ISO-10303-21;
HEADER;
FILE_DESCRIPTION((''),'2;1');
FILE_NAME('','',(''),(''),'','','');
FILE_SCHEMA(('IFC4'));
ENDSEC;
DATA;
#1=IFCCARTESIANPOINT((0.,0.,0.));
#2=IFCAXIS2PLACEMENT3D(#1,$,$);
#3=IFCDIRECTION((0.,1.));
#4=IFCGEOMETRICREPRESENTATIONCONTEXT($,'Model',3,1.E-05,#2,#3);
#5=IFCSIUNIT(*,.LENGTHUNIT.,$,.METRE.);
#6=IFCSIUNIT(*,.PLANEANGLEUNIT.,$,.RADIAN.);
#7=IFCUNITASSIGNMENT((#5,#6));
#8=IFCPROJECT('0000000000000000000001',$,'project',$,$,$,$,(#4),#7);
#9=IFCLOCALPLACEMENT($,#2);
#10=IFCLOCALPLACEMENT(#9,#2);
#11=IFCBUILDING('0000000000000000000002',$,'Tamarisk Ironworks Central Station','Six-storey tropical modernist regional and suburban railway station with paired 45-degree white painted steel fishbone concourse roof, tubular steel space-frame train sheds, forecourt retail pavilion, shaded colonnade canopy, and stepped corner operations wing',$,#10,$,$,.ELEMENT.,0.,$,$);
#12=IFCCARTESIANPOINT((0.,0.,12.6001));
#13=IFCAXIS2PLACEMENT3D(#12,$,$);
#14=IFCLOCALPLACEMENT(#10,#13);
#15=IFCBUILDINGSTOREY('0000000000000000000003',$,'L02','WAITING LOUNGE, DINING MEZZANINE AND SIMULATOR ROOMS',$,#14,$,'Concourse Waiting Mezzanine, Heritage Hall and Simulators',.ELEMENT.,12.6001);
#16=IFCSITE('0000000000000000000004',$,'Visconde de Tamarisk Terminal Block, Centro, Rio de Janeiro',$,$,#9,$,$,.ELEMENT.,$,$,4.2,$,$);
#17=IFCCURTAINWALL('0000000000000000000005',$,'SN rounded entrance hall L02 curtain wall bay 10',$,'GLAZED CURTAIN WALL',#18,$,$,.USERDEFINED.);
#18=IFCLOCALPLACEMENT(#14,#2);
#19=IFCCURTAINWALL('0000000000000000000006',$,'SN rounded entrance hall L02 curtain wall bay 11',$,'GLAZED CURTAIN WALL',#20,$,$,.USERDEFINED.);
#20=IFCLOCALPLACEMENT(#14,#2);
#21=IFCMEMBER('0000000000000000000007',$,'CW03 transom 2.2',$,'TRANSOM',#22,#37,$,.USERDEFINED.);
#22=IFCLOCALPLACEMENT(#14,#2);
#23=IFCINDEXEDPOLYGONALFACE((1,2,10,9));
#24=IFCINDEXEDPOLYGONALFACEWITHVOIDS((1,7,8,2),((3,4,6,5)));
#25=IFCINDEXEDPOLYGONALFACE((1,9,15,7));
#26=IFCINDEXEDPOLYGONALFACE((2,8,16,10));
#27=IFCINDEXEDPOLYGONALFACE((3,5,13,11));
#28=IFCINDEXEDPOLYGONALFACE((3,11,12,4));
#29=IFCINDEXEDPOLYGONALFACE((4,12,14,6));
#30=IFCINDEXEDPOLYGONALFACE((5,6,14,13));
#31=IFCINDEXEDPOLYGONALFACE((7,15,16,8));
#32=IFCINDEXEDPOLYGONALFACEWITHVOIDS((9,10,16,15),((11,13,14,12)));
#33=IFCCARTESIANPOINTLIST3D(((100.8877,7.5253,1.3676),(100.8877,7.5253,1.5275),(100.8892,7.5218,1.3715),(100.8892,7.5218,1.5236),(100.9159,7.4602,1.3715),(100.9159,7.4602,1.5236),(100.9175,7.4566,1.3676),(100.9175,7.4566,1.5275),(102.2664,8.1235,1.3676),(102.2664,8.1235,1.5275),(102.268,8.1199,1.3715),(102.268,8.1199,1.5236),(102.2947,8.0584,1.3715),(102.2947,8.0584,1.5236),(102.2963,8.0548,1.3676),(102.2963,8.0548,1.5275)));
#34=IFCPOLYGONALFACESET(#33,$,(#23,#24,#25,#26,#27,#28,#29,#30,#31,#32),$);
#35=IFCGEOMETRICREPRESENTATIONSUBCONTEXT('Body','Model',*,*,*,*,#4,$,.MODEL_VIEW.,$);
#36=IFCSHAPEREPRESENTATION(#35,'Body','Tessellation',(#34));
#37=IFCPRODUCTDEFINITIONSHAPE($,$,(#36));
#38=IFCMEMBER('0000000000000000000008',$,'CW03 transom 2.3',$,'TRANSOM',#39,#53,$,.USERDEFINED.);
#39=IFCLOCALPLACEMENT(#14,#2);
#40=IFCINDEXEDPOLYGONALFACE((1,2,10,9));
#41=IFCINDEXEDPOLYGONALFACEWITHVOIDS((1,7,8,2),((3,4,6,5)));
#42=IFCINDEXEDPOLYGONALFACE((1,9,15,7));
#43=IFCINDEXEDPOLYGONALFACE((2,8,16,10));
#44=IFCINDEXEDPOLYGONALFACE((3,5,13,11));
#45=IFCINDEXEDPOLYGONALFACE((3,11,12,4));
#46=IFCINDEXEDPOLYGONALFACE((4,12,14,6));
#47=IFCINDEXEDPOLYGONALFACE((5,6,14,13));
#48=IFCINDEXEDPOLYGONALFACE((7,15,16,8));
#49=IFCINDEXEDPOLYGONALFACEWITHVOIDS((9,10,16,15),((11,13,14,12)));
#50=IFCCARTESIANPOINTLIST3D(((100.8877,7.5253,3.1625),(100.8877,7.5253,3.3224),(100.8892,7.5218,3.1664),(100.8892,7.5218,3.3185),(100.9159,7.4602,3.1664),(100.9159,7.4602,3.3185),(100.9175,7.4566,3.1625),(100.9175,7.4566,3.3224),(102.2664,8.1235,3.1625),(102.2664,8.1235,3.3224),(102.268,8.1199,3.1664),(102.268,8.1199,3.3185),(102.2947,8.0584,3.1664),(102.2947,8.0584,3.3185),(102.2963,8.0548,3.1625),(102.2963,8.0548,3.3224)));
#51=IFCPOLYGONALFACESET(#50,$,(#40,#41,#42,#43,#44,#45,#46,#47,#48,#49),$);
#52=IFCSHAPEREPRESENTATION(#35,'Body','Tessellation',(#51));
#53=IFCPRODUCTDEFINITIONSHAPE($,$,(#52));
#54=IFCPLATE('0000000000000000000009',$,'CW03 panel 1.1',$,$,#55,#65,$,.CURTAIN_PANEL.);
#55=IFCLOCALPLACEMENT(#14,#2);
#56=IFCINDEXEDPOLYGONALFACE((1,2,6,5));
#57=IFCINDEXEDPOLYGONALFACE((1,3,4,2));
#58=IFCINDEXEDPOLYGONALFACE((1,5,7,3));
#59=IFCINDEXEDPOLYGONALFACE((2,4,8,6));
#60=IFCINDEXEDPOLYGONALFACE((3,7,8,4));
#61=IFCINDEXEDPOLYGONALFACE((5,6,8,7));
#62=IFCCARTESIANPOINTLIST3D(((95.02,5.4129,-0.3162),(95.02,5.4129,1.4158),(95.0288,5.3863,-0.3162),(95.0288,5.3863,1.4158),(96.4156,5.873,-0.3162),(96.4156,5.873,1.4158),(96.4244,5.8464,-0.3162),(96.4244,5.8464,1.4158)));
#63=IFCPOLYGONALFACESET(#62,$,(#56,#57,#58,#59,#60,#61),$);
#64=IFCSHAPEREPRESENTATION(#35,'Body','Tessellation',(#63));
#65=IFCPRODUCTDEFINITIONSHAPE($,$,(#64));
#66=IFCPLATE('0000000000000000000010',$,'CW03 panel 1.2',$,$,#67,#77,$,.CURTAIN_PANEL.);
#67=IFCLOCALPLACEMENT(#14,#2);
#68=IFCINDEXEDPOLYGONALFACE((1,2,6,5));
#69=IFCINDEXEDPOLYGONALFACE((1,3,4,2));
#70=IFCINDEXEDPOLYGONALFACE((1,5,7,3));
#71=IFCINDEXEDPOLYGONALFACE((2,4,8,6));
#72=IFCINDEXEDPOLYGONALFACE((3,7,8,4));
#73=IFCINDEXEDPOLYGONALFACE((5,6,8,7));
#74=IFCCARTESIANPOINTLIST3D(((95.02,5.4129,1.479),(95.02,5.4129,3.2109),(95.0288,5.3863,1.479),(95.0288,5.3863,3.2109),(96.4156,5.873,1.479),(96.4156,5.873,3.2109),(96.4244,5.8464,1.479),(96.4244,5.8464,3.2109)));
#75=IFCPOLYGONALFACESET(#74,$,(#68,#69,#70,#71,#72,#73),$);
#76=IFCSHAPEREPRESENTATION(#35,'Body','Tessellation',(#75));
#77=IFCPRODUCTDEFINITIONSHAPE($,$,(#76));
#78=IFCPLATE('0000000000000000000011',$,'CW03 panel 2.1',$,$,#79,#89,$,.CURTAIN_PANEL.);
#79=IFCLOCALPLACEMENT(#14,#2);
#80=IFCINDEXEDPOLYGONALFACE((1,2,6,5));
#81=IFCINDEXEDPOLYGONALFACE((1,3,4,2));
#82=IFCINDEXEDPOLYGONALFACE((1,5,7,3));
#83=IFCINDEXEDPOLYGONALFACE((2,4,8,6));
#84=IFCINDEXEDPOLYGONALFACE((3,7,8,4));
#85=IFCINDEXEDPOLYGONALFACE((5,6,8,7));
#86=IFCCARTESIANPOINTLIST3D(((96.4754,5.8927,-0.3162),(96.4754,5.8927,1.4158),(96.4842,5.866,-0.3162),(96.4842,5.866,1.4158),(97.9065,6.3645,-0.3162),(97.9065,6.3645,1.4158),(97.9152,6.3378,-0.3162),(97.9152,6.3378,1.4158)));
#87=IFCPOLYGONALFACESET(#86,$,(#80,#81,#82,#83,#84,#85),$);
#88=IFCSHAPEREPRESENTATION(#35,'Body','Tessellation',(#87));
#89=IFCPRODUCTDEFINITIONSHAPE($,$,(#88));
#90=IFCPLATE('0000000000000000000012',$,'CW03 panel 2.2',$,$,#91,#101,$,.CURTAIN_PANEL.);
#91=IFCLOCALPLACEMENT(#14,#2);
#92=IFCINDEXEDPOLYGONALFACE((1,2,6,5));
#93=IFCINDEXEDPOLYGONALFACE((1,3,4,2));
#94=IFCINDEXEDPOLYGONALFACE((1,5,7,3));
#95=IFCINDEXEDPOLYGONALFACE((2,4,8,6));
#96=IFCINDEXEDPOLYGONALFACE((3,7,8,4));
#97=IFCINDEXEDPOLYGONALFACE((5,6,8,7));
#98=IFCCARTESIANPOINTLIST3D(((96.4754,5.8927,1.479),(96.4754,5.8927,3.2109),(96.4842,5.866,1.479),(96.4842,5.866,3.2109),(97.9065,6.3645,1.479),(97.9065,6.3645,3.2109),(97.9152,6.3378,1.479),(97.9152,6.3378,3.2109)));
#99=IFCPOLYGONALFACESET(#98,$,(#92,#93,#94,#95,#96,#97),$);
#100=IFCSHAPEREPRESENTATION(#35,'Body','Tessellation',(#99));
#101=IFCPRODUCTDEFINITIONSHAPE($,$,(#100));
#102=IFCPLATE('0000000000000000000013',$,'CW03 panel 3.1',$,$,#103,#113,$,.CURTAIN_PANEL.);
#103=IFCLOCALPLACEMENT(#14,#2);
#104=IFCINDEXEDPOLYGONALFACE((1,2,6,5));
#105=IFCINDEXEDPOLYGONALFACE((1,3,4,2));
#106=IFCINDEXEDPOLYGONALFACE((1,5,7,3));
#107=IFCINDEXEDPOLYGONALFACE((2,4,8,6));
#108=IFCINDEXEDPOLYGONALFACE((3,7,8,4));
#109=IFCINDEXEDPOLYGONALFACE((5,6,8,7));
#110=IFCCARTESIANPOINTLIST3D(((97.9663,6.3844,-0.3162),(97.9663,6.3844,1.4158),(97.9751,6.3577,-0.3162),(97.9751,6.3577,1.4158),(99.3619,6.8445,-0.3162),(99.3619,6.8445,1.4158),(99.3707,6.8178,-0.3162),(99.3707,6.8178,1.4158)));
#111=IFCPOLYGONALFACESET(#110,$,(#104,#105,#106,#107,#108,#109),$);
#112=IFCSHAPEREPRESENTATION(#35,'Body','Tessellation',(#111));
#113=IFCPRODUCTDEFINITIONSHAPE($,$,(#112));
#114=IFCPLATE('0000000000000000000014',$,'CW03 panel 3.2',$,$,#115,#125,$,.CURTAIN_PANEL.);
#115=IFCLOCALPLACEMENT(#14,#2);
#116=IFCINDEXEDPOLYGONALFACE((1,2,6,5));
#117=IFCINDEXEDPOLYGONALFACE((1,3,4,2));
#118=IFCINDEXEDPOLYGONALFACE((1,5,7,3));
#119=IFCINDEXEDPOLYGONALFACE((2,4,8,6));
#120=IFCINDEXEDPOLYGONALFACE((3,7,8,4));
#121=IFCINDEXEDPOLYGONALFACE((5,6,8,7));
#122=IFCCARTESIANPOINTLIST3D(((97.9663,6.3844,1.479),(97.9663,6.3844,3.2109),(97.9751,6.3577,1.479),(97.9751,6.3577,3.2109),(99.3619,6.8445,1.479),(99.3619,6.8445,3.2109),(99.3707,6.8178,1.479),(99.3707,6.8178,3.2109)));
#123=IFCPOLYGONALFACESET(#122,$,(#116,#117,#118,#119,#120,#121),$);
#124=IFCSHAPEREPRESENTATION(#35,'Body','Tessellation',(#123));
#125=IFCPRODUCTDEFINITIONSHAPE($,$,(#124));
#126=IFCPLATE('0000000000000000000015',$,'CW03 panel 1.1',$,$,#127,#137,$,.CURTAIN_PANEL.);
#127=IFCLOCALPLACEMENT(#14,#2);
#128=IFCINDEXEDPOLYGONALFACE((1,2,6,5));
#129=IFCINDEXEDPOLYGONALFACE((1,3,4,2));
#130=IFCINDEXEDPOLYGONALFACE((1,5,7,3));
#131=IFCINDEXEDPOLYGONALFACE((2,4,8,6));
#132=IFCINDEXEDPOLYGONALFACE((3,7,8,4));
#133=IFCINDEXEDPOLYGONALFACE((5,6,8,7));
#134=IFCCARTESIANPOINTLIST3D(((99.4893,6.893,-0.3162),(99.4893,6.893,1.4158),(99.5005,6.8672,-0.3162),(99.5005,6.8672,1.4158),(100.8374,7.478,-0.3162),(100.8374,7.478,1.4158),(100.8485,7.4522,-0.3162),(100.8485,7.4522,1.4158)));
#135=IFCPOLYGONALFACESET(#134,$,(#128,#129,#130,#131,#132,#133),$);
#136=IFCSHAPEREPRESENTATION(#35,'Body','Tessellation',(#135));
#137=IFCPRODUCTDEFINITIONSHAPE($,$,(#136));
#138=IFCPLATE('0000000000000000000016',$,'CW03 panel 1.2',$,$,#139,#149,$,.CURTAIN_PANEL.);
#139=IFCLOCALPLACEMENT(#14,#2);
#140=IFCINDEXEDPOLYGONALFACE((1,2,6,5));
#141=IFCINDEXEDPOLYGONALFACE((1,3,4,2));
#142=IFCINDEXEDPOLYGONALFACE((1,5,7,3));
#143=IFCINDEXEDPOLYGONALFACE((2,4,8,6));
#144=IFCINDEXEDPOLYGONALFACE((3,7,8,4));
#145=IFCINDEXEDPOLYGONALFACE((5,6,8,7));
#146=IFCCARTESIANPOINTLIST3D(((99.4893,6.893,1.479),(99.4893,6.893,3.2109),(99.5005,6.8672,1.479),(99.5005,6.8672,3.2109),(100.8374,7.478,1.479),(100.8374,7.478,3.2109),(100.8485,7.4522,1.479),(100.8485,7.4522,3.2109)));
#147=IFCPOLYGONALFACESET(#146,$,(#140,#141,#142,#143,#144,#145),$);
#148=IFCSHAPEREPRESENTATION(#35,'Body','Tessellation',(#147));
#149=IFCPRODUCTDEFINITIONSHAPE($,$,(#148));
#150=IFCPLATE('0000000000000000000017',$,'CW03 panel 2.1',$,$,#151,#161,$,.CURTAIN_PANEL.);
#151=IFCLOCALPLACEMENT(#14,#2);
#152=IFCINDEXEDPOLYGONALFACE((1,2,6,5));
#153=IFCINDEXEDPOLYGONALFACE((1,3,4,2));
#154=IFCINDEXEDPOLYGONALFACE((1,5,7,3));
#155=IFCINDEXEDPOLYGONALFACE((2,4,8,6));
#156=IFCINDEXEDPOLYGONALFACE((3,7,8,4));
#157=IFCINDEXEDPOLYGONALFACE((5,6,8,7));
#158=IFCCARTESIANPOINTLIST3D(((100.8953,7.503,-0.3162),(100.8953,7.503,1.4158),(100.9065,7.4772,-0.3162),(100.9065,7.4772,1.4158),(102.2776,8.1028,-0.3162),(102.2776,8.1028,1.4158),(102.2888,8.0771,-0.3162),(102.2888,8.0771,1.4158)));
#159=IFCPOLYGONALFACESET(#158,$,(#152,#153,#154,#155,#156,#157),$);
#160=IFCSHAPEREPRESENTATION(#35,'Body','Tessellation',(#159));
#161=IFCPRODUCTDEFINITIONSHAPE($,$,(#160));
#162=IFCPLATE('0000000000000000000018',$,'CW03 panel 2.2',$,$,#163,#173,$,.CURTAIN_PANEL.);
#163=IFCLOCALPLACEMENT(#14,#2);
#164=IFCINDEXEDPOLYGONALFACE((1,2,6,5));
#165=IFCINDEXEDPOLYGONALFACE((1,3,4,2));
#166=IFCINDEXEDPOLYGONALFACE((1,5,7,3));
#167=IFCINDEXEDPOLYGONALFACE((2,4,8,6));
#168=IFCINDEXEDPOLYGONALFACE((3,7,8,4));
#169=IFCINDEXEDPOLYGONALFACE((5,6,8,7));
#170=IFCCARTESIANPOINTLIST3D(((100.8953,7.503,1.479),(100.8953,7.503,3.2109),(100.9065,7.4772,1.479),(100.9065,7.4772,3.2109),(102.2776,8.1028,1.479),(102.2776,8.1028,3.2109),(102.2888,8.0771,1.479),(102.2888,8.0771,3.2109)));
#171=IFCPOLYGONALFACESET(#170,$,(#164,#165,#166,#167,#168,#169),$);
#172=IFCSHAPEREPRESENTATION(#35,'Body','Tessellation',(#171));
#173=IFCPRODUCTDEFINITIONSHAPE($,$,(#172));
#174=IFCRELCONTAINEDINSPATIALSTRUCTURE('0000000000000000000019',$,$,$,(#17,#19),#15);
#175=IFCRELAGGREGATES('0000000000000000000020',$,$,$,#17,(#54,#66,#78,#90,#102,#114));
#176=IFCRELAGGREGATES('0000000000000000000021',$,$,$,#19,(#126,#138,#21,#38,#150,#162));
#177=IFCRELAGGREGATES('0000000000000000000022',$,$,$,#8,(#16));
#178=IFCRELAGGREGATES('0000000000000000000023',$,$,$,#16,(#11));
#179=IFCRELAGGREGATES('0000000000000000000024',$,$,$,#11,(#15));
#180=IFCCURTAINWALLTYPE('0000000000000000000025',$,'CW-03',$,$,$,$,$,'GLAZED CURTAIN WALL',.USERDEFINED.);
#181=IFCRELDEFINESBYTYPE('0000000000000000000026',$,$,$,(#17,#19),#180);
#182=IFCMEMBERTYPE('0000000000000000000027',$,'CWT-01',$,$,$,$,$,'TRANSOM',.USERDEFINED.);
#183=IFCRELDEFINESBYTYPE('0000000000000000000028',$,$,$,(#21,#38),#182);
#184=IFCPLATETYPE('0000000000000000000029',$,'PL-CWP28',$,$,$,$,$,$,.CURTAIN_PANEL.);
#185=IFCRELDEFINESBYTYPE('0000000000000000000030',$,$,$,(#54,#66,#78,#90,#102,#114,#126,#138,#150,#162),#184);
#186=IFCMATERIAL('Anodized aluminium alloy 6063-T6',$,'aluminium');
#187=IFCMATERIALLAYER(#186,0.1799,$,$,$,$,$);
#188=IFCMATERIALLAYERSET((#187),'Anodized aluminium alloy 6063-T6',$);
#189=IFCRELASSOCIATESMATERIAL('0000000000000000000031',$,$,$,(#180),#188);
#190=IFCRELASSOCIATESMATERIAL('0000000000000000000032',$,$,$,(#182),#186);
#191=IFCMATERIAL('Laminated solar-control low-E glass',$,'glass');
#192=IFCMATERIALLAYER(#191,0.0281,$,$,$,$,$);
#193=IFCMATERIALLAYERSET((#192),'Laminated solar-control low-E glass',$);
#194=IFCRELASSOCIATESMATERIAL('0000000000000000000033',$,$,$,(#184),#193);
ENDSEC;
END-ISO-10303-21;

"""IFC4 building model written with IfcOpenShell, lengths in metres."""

from ifc_helpers import new_model, si_unit, direction, frame, origin, origin_2d, place, context, subcontext, project, spatial, rectangle, hollow_rectangle, extrude, material, layer, layer_set, material_profile, profile_set, type_object, element, aggregate, save


model = new_model("IFC4")

# Units and contexts
model_context = context("Model", 3, precision=1e-05, world=origin(), true_north=direction((0.0, 1.0)))
body_context = subcontext(model_context, "Body", "Model", "MODEL_VIEW")
ifc_project = project(units=[si_unit("LENGTHUNIT", "METRE"), si_unit("PLANEANGLEUNIT", "RADIAN")], contexts=[model_context])

# Site, building, storey
site_placement = place(None, origin())
site = spatial("IfcSite", under=ifc_project, at=site_placement, Name="Visconde de Tamarisk Terminal Block, Centro, Rio de Janeiro", CompositionType="ELEMENT", RefElevation=4.2)
building_placement = place(site_placement, origin())
building = spatial("IfcBuilding", under=site, at=building_placement, Name="Tamarisk Ironworks Central Station", Description="Six-storey tropical modernist regional and suburban railway station with paired 45-degree white painted steel fishbone concourse roof, tubular steel space-frame train sheds, forecourt retail pavilion, shaded colonnade canopy, and stepped corner operations wing", CompositionType="ELEMENT", ElevationOfRefHeight=0.0)
storey_placement = place(building_placement, frame((0.0, 0.0, 12.6001)))
storey = spatial("IfcBuildingStorey", under=building, at=storey_placement, Name="L02", Description="WAITING LOUNGE, DINING MEZZANINE AND SIMULATOR ROOMS", LongName="Concourse Waiting Mezzanine, Heritage Hall and Simulators", CompositionType="ELEMENT", Elevation=12.6001)

# Curtain walls
ifc_material_1 = material(Name="Anodized aluminium alloy 6063-T6", Category="aluminium")
ifc_layer_1 = layer(ifc_material_1, 0.1799)
ifc_layer_set_1 = layer_set([ifc_layer_1], Name="Anodized aluminium alloy 6063-T6")
curtain_wall_type = type_object("IfcCurtainWallType", Name="CW-03", ElementType="GLAZED CURTAIN WALL", PredefinedType="USERDEFINED", material=ifc_layer_set_1)
curtain_wall_1_placement = place(storey_placement, origin())
curtain_wall_1 = element("IfcCurtainWall", 1, at=curtain_wall_1_placement, inside=storey, type_object=curtain_wall_type, Name="SN rounded entrance hall L02 curtain wall bay 10", ObjectType="GLAZED CURTAIN WALL", PredefinedType="USERDEFINED")
curtain_wall_2_placement = place(storey_placement, origin())
curtain_wall_2 = element("IfcCurtainWall", 2, at=curtain_wall_2_placement, inside=storey, type_object=curtain_wall_type, Name="SN rounded entrance hall L02 curtain wall bay 11", ObjectType="GLAZED CURTAIN WALL", PredefinedType="USERDEFINED")

# Members
ifc_material_profile_1 = material_profile(ifc_material_1, hollow_rectangle(XDim=0.075, YDim=0.1599, WallThickness=0.0039, at=origin_2d()), Name="ALUM 160x75")
ifc_profile_set_1 = profile_set([ifc_material_profile_1], Name="Anodized aluminium alloy 6063-T6")
member_type_1 = type_object("IfcMemberType", Name="CWT-01", ElementType="TRANSOM", PredefinedType="USERDEFINED", material=ifc_profile_set_1)
member_1_placement = place(storey_placement, frame((100.9026, 7.491, 1.4475), z_axis=(0.91738, 0.398013, 0.0), x_axis=(-0.398013, 0.91738, 0.0)))
member_1 = element("IfcMember", 3, at=member_1_placement, type_object=member_type_1, Name="CW03 transom 2.2", ObjectType="TRANSOM", PredefinedType="USERDEFINED", context=body_context, shape_type="SweptSolid", body=[
    extrude(hollow_rectangle(XDim=0.075, YDim=0.1599, WallThickness=0.0039, at=origin_2d()), origin(), (0.0, 0.0, 1.0), 1.5029),
])
member_2_placement = place(storey_placement, frame((100.9026, 7.491, 3.2424), z_axis=(0.91738, 0.398013, 0.0), x_axis=(-0.398013, 0.91738, 0.0)))
member_2 = element("IfcMember", 4, at=member_2_placement, type_object=member_type_1, Name="CW03 transom 2.3", ObjectType="TRANSOM", PredefinedType="USERDEFINED", context=body_context, shape_type="SweptSolid", body=[
    extrude(hollow_rectangle(XDim=0.075, YDim=0.1599, WallThickness=0.0039, at=origin_2d()), origin(), (0.0, 0.0, 1.0), 1.5029),
])

# Plates
ifc_material_2 = material(Name="Laminated solar-control low-E glass", Category="glass")
ifc_layer_2 = layer(ifc_material_2, 0.0281)
ifc_layer_set_2 = layer_set([ifc_layer_2], Name="Laminated solar-control low-E glass")
plate_type = type_object("IfcPlateType", Name="PL-CWP28", PredefinedType="CURTAIN_PANEL", material=ifc_layer_set_2)
plate_1_placement = place(storey_placement, frame((95.7222, 5.6296, -0.3162), z_axis=(0.0, 0.0, 1.0), x_axis=(0.949721, 0.313098, 0.0)))
plate_1 = element("IfcPlate", 5, at=plate_1_placement, type_object=plate_type, Name="CW03 panel 1.1", PredefinedType="CURTAIN_PANEL", context=body_context, shape_type="SweptSolid", body=[
    extrude(rectangle(XDim=1.4695, YDim=0.0281, at=origin_2d()), origin(), (0.0, 0.0, 1.0), 1.7319),
])
plate_2_placement = place(storey_placement, frame((95.7222, 5.6296, 1.479), z_axis=(0.0, 0.0, 1.0), x_axis=(0.949721, 0.313098, 0.0)))
plate_2 = element("IfcPlate", 6, at=plate_2_placement, type_object=plate_type, Name="CW03 panel 1.2", PredefinedType="CURTAIN_PANEL", context=body_context, shape_type="SweptSolid", body=[
    extrude(rectangle(XDim=1.4695, YDim=0.0281, at=origin_2d()), origin(), (0.0, 0.0, 1.0), 1.7319),
])
plate_3_placement = place(storey_placement, frame((97.1953, 6.1152, -0.3162), z_axis=(0.0, 0.0, 1.0), x_axis=(0.949721, 0.313098, 0.0)))
plate_3 = element("IfcPlate", 7, at=plate_3_placement, type_object=plate_type, Name="CW03 panel 2.1", PredefinedType="CURTAIN_PANEL", context=body_context, shape_type="SweptSolid", body=[
    extrude(rectangle(XDim=1.5068, YDim=0.0281, at=origin_2d()), origin(), (0.0, 0.0, 1.0), 1.7319),
])
plate_4_placement = place(storey_placement, frame((97.1953, 6.1152, 1.479), z_axis=(0.0, 0.0, 1.0), x_axis=(0.949721, 0.313098, 0.0)))
plate_4 = element("IfcPlate", 8, at=plate_4_placement, type_object=plate_type, Name="CW03 panel 2.2", PredefinedType="CURTAIN_PANEL", context=body_context, shape_type="SweptSolid", body=[
    extrude(rectangle(XDim=1.5068, YDim=0.0281, at=origin_2d()), origin(), (0.0, 0.0, 1.0), 1.7319),
])
plate_5_placement = place(storey_placement, frame((98.6685, 6.6011, -0.3162), z_axis=(0.0, 0.0, 1.0), x_axis=(0.949721, 0.313098, 0.0)))
plate_5 = element("IfcPlate", 9, at=plate_5_placement, type_object=plate_type, Name="CW03 panel 3.1", PredefinedType="CURTAIN_PANEL", context=body_context, shape_type="SweptSolid", body=[
    extrude(rectangle(XDim=1.4695, YDim=0.0281, at=origin_2d()), origin(), (0.0, 0.0, 1.0), 1.7319),
])
plate_6_placement = place(storey_placement, frame((98.6685, 6.6011, 1.479), z_axis=(0.0, 0.0, 1.0), x_axis=(0.949721, 0.313098, 0.0)))
plate_6 = element("IfcPlate", 10, at=plate_6_placement, type_object=plate_type, Name="CW03 panel 3.2", PredefinedType="CURTAIN_PANEL", context=body_context, shape_type="SweptSolid", body=[
    extrude(rectangle(XDim=1.4695, YDim=0.0281, at=origin_2d()), origin(), (0.0, 0.0, 1.0), 1.7319),
])
aggregate(curtain_wall_1, [plate_1, plate_2, plate_3, plate_4, plate_5, plate_6])
plate_7_placement = place(storey_placement, frame((100.1689, 7.1726, -0.3162), z_axis=(0.0, 0.0, 1.0), x_axis=(0.917352, 0.398077, 0.0)))
plate_7 = element("IfcPlate", 11, at=plate_7_placement, type_object=plate_type, Name="CW03 panel 1.1", PredefinedType="CURTAIN_PANEL", context=body_context, shape_type="SweptSolid", body=[
    extrude(rectangle(XDim=1.4695, YDim=0.0281, at=origin_2d()), origin(), (0.0, 0.0, 1.0), 1.7319),
])
plate_8_placement = place(storey_placement, frame((100.1689, 7.1726, 1.479), z_axis=(0.0, 0.0, 1.0), x_axis=(0.917352, 0.398077, 0.0)))
plate_8 = element("IfcPlate", 12, at=plate_8_placement, type_object=plate_type, Name="CW03 panel 1.2", PredefinedType="CURTAIN_PANEL", context=body_context, shape_type="SweptSolid", body=[
    extrude(rectangle(XDim=1.4695, YDim=0.0281, at=origin_2d()), origin(), (0.0, 0.0, 1.0), 1.7319),
])
plate_9_placement = place(storey_placement, frame((101.592, 7.79, -0.3162), z_axis=(0.0, 0.0, 1.0), x_axis=(0.917352, 0.398077, 0.0)))
plate_9 = element("IfcPlate", 13, at=plate_9_placement, type_object=plate_type, Name="CW03 panel 2.1", PredefinedType="CURTAIN_PANEL", context=body_context, shape_type="SweptSolid", body=[
    extrude(rectangle(XDim=1.5068, YDim=0.0281, at=origin_2d()), origin(), (0.0, 0.0, 1.0), 1.7319),
])
plate_10_placement = place(storey_placement, frame((101.592, 7.79, 1.479), z_axis=(0.0, 0.0, 1.0), x_axis=(0.917352, 0.398077, 0.0)))
plate_10 = element("IfcPlate", 14, at=plate_10_placement, type_object=plate_type, Name="CW03 panel 2.2", PredefinedType="CURTAIN_PANEL", context=body_context, shape_type="SweptSolid", body=[
    extrude(rectangle(XDim=1.5068, YDim=0.0281, at=origin_2d()), origin(), (0.0, 0.0, 1.0), 1.7319),
])
aggregate(curtain_wall_2, [plate_7, plate_8, member_1, member_2, plate_9, plate_10])

save(model, "model.ifc")
